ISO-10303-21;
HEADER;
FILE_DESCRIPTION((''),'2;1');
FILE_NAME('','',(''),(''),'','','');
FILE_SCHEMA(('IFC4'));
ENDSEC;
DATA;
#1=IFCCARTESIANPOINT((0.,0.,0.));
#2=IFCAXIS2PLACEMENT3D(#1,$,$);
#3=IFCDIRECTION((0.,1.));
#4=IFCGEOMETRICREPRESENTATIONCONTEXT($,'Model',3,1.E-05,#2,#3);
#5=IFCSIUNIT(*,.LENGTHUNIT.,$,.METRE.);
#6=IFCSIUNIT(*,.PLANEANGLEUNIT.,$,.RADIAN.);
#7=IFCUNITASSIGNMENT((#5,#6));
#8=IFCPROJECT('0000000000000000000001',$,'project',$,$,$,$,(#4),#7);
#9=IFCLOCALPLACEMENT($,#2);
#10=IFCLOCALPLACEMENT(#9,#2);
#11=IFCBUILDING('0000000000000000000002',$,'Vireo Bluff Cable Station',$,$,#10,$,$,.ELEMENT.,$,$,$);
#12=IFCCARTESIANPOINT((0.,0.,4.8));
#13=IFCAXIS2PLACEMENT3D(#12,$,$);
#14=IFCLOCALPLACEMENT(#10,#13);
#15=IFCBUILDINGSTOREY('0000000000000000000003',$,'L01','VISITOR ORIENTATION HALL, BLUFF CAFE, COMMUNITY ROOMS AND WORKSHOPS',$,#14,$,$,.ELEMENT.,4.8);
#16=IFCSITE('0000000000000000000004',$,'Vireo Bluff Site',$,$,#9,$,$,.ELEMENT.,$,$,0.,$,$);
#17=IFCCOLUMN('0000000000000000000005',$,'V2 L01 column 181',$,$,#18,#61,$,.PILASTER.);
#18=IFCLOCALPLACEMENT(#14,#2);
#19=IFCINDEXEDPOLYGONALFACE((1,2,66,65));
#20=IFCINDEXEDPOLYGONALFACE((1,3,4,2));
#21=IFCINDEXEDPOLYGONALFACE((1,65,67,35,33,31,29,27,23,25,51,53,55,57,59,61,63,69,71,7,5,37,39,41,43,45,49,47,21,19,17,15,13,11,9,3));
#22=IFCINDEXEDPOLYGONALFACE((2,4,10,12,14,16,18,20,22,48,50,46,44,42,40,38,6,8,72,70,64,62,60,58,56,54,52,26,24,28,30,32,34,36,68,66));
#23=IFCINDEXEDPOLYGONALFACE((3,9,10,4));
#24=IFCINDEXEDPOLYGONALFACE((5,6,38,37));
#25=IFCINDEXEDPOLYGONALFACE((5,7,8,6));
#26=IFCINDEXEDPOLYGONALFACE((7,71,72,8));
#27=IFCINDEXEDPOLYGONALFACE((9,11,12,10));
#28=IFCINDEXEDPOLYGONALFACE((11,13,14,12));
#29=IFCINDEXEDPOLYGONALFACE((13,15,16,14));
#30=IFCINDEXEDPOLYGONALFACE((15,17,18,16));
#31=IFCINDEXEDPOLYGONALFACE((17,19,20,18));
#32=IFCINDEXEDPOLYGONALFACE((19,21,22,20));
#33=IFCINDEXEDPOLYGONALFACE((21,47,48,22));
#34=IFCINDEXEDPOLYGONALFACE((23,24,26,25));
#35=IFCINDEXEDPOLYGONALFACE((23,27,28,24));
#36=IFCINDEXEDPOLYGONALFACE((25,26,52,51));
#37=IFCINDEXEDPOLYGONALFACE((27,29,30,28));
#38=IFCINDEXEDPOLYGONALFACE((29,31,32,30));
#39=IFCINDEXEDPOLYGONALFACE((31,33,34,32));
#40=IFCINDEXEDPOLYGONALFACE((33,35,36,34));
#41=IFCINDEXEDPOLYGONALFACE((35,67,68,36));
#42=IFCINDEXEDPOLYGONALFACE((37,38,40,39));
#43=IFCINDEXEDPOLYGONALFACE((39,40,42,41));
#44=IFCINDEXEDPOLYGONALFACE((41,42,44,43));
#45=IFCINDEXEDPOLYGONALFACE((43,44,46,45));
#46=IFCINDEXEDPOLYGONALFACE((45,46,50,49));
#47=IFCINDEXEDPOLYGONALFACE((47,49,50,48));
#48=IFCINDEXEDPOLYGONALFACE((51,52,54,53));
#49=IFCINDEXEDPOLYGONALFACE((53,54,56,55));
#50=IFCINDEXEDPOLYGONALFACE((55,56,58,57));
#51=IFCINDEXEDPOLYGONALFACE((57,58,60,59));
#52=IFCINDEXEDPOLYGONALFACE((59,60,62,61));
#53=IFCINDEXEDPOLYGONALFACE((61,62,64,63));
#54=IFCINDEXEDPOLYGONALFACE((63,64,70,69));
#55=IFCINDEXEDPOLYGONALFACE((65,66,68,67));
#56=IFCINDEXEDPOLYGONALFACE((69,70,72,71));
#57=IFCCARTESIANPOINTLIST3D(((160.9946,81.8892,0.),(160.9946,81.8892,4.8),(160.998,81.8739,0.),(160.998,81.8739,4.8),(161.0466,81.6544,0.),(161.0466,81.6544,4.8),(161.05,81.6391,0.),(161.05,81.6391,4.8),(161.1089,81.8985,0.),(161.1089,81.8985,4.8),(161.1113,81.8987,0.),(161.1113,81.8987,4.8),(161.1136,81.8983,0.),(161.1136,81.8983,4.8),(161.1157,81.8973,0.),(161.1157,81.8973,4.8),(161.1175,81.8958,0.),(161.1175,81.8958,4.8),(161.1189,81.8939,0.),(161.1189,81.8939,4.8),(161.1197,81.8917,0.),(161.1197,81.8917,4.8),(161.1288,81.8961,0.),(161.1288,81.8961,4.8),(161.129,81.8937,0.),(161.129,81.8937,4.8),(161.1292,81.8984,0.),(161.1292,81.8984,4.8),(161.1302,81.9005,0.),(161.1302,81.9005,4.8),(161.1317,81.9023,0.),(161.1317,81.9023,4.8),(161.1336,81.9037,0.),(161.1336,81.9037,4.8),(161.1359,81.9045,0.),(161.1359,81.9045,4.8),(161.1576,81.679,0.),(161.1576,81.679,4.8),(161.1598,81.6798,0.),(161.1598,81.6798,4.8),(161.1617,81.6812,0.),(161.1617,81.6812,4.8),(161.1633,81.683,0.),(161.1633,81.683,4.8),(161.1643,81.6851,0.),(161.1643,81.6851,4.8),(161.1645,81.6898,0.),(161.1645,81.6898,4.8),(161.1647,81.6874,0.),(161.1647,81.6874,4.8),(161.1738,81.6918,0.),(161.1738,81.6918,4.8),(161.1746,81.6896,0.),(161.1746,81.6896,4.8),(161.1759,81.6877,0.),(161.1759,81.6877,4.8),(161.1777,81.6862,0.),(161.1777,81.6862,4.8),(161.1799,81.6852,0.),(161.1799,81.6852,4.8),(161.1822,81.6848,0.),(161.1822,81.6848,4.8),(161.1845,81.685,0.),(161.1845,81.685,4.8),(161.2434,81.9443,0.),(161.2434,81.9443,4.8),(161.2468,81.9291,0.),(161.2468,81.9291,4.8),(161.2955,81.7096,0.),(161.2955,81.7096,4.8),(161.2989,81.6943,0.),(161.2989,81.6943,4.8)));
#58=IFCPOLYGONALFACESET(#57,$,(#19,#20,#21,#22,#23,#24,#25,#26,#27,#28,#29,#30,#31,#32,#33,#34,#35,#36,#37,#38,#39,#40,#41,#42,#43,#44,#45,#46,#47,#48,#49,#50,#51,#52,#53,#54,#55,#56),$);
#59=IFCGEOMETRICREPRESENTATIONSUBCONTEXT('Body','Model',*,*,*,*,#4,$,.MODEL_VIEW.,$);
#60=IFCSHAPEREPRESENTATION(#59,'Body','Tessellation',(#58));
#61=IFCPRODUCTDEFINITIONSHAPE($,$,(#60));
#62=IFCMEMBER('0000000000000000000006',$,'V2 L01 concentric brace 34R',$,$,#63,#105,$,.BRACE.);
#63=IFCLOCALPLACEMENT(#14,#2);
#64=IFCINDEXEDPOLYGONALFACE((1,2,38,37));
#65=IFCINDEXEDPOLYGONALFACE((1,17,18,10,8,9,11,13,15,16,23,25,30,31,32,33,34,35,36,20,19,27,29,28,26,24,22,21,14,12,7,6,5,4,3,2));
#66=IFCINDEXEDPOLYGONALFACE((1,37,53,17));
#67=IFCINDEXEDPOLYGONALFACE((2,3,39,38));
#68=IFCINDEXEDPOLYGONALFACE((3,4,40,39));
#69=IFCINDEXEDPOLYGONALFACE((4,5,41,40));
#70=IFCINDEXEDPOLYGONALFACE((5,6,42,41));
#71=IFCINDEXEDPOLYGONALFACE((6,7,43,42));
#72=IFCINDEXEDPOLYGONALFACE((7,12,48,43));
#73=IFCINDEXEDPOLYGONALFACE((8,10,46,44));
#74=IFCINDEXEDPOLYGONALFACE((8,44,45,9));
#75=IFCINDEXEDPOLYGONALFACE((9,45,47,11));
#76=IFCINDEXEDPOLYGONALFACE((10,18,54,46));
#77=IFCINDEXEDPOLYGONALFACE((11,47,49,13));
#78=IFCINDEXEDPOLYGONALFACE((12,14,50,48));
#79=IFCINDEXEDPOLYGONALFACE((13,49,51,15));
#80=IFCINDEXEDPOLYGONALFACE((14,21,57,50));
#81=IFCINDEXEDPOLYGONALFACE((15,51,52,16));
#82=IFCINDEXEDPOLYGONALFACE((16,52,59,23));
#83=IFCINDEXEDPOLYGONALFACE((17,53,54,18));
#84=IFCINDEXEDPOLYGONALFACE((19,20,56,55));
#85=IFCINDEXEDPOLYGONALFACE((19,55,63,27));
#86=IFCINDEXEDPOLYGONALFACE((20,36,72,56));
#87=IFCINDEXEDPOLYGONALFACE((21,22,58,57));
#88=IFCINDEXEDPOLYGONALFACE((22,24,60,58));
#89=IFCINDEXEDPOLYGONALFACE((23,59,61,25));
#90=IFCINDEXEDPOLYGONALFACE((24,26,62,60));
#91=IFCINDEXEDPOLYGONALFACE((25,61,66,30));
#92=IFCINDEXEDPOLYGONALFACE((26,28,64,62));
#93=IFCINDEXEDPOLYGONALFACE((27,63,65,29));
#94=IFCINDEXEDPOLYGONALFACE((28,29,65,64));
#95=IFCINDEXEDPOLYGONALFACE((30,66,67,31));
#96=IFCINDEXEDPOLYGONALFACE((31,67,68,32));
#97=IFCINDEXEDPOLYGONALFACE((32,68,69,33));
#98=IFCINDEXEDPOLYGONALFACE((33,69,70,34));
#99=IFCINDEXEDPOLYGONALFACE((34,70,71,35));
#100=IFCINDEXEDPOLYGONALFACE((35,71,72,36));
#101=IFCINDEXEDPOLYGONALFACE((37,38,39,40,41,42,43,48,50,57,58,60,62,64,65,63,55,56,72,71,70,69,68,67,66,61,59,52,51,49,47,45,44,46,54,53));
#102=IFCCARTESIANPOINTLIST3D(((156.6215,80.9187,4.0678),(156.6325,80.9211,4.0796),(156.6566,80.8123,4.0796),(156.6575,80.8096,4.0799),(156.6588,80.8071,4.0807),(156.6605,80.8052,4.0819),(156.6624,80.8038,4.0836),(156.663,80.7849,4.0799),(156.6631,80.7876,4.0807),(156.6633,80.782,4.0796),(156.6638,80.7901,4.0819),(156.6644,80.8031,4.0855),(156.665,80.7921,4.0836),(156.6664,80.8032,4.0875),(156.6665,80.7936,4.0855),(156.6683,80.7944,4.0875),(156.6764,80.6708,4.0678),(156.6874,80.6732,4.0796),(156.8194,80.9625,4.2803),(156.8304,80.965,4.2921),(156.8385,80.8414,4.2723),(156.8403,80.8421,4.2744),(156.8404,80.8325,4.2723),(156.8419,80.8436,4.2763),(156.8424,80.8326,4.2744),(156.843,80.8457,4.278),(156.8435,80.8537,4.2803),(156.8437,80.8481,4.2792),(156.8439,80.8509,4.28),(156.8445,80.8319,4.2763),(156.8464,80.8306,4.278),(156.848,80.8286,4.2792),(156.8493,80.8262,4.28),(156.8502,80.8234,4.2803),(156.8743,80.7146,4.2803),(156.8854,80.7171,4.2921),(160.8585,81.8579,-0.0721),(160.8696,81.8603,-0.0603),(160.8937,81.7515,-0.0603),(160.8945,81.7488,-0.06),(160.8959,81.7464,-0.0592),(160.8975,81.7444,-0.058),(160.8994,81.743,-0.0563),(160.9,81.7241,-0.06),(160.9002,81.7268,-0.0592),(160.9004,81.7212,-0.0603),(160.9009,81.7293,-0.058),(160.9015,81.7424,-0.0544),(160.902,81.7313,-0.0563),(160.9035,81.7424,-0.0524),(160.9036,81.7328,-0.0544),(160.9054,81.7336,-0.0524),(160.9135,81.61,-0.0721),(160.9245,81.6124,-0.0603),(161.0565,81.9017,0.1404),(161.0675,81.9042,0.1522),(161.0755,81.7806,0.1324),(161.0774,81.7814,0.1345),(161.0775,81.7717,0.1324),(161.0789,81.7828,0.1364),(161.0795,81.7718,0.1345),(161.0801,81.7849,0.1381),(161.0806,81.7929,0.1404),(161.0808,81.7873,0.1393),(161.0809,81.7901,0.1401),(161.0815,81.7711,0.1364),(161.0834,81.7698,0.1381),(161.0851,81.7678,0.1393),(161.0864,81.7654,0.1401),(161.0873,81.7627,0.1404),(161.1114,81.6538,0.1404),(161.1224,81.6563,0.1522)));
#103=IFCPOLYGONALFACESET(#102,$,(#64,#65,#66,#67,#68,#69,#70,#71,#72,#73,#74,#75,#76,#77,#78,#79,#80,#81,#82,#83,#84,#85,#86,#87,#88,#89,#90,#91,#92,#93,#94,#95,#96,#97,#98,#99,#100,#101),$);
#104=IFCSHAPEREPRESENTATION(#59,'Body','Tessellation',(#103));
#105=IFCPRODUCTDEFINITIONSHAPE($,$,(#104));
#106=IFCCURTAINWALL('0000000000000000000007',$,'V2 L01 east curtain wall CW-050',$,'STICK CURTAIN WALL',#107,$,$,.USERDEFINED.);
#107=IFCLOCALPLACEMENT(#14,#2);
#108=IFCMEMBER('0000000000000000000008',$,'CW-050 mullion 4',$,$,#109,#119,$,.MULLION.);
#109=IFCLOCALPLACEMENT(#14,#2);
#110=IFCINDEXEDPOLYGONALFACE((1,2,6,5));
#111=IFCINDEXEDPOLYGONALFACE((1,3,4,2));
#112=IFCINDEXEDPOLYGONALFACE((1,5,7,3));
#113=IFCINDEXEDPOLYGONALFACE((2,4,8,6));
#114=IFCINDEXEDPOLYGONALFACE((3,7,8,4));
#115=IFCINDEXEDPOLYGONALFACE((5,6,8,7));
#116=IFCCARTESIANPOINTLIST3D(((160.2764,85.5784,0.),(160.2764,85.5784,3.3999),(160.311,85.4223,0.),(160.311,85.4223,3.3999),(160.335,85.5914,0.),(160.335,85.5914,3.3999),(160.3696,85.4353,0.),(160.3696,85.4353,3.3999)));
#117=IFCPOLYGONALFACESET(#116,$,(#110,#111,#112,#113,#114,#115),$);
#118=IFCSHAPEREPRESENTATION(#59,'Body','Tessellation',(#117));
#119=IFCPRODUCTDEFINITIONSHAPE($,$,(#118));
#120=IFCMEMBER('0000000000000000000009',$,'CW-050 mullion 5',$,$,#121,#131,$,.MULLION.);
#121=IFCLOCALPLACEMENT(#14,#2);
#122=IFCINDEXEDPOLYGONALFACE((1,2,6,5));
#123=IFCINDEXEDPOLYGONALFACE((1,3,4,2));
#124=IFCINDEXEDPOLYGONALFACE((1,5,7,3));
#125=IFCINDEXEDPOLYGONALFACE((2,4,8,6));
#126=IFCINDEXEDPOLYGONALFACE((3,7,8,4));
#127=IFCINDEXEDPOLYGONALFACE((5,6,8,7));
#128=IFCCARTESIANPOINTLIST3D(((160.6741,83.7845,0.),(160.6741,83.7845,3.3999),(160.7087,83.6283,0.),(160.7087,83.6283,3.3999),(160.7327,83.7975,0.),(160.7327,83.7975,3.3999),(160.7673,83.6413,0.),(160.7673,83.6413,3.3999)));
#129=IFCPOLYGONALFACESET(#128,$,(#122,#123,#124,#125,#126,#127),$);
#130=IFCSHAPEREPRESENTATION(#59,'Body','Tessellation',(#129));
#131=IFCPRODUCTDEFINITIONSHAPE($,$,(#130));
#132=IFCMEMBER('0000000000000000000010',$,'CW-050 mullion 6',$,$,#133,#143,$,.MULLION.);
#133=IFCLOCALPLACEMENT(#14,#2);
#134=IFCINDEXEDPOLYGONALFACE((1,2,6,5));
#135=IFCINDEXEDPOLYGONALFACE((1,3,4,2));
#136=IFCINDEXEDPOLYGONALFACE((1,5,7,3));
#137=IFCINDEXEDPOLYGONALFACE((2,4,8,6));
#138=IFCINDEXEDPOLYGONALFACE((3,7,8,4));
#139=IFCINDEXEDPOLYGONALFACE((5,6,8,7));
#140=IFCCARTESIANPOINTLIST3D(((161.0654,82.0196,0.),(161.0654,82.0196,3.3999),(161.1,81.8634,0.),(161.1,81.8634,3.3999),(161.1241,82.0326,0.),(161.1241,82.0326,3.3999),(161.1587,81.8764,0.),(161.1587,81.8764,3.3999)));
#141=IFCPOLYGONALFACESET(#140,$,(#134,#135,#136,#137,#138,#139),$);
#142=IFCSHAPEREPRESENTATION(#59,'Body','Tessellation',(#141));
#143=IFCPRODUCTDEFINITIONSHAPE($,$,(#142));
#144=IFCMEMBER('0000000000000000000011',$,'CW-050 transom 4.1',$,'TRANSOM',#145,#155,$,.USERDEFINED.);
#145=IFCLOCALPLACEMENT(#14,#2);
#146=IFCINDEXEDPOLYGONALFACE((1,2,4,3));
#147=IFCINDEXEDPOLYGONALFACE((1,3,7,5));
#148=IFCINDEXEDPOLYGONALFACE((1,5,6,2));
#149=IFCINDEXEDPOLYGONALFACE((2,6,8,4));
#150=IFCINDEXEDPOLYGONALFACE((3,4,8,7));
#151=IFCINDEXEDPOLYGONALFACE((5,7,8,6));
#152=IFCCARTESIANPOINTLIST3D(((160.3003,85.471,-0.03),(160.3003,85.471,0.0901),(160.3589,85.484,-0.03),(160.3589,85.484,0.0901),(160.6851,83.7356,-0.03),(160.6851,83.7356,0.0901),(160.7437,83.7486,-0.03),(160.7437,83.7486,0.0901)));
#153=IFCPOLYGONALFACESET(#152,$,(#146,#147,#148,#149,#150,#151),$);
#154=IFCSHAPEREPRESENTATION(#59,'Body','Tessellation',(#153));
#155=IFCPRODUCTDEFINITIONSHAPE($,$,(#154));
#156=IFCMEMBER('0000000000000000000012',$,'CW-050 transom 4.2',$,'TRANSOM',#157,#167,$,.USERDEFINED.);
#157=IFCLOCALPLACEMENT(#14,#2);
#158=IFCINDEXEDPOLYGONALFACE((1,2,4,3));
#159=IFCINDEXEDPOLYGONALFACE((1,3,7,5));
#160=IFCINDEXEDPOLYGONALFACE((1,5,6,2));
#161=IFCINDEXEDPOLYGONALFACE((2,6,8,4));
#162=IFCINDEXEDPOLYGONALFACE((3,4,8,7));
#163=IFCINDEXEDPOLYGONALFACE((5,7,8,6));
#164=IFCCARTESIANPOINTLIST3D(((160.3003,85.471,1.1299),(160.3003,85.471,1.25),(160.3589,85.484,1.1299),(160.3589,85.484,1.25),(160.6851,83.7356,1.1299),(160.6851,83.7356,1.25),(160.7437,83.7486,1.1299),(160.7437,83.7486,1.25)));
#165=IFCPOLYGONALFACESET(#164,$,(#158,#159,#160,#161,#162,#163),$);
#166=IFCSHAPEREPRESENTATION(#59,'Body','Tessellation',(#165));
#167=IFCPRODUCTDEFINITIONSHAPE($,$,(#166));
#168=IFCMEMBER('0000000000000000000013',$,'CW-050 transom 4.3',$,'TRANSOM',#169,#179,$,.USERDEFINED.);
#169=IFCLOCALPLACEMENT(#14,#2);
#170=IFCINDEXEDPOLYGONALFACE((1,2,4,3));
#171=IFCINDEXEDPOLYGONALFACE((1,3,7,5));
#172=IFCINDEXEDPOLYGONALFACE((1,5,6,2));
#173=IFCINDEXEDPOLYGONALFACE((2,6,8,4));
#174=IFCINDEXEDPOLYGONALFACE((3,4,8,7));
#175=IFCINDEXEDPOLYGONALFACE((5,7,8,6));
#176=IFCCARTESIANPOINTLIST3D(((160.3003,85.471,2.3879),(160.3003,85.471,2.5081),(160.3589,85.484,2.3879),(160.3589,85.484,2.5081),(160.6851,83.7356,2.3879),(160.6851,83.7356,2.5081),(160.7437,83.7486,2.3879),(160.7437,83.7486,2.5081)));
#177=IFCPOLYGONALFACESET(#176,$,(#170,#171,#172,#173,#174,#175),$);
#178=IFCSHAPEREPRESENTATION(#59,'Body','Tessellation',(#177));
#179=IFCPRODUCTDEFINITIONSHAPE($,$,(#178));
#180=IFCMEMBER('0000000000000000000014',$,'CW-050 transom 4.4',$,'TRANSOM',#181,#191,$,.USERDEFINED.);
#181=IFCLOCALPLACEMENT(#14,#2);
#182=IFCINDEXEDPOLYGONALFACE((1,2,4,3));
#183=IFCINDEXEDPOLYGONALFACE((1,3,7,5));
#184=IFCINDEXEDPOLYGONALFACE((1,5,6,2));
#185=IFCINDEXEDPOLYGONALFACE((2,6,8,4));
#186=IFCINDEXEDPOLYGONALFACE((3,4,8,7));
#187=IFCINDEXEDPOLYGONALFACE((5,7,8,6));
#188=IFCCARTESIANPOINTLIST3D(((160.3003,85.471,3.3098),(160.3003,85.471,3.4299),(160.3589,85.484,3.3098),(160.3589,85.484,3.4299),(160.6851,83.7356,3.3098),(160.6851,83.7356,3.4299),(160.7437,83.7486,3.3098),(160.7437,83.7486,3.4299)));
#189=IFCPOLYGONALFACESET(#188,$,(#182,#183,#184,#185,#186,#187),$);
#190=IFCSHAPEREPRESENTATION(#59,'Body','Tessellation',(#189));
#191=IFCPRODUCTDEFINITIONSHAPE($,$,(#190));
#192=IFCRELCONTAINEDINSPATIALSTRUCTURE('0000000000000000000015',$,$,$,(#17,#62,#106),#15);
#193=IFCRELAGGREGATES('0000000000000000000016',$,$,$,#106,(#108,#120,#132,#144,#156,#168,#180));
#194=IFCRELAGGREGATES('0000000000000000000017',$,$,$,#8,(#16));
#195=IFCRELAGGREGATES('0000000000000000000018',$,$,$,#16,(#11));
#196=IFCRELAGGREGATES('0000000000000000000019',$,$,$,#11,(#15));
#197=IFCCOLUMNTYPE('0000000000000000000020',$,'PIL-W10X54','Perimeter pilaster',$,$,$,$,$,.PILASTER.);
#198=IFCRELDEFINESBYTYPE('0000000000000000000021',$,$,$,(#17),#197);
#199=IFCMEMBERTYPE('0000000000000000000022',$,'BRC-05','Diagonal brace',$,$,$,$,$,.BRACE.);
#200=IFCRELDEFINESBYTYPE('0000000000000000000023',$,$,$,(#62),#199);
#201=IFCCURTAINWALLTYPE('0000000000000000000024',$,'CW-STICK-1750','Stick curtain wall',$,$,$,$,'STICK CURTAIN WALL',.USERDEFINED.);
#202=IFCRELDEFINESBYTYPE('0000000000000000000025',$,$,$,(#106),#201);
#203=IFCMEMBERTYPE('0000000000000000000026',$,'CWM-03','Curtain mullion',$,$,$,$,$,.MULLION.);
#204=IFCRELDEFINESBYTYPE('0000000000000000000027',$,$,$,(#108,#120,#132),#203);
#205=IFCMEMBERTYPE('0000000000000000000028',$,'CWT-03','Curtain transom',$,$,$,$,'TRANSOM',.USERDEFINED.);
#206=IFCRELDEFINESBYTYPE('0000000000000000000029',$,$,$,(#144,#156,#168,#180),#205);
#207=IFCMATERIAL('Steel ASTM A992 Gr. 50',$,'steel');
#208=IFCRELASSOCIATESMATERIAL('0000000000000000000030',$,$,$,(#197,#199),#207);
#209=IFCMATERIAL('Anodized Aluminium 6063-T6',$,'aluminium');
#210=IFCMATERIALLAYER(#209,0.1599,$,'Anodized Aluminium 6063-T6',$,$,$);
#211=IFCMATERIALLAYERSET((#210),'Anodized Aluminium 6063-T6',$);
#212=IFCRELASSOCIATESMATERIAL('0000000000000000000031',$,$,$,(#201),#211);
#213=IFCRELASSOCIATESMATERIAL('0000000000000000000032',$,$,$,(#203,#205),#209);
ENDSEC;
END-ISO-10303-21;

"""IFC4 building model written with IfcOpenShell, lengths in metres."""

from ifc_helpers import new_model, si_unit, direction, frame, origin, origin_2d, place, context, subcontext, project, spatial, rectangle, i_section, extrude, material, layer, layer_set, material_profile, profile_set, type_object, element, aggregate, save


model = new_model("IFC4")

# Units and contexts
model_context = context("Model", 3, precision=1e-05, world=origin(), true_north=direction((0.0, 1.0)))
body_context = subcontext(model_context, "Body", "Model", "MODEL_VIEW")
ifc_project = project(units=[si_unit("LENGTHUNIT", "METRE"), si_unit("PLANEANGLEUNIT", "RADIAN")], contexts=[model_context])

# Site, building, storey
site_placement = place(None, origin())
site = spatial("IfcSite", under=ifc_project, at=site_placement, Name="Vireo Bluff Site", CompositionType="ELEMENT", RefElevation=0.0)
building_placement = place(site_placement, origin())
building = spatial("IfcBuilding", under=site, at=building_placement, Name="Vireo Bluff Cable Station", CompositionType="ELEMENT")
storey_placement = place(building_placement, frame((0.0, 0.0, 4.8)))
storey = spatial("IfcBuildingStorey", under=building, at=storey_placement, Name="L01", Description="VISITOR ORIENTATION HALL, BLUFF CAFE, COMMUNITY ROOMS AND WORKSHOPS", CompositionType="ELEMENT", Elevation=4.8)

# Column
ifc_material_1 = material(Name="Steel ASTM A992 Gr. 50", Category="steel")
ifc_material_profile_1 = material_profile(ifc_material_1, i_section(OverallWidth=0.2549, OverallDepth=0.2561, WebThickness=0.0095, FlangeThickness=0.0156, FilletRadius=0.009, at=origin_2d()), Name="W10X54")
ifc_profile_set_1 = profile_set([ifc_material_profile_1], Name="Steel ASTM A992 Gr. 50")
column_type = type_object("IfcColumnType", Name="PIL-W10X54", Description="Perimeter pilaster", PredefinedType="PILASTER", material=ifc_profile_set_1)
column_placement = place(storey_placement, frame((161.1467, 81.7917, 0.0), z_axis=(0.0, 0.0, 1.0), x_axis=(0.976296, 0.21644, 0.0)))
element("IfcColumn", 1, at=column_placement, inside=storey, type_object=column_type, Name="V2 L01 column 181", PredefinedType="PILASTER", context=body_context, shape_type="SweptSolid", body=[
    extrude(i_section(OverallWidth=0.2549, OverallDepth=0.2561, WebThickness=0.0095, FlangeThickness=0.0156, FilletRadius=0.009, at=origin_2d()), origin(), (0.0, 0.0, 1.0), 4.8),
])

# Member
ifc_material_profile_2 = material_profile(ifc_material_1, i_section(OverallWidth=0.2539, OverallDepth=0.3101, WebThickness=0.009, FlangeThickness=0.0164, FilletRadius=0.011, at=origin_2d()), Name="W12X58")
ifc_profile_set_2 = profile_set([ifc_material_profile_2], Name="Steel ASTM A992 Gr. 50")
member_type_1 = type_object("IfcMemberType", Name="BRC-05", Description="Diagonal brace", PredefinedType="BRACE", material=ifc_profile_set_2)
member_1_placement = place(storey_placement, frame((160.9905, 81.7571, 0.04), z_axis=(-0.706437, -0.156592, 0.690236), x_axis=(0.216412, -0.976302, 0.0)))
element("IfcMember", 2, at=member_1_placement, inside=storey, type_object=member_type_1, Name="V2 L01 concentric brace 34R", PredefinedType="BRACE", context=body_context, shape_type="SweptSolid", body=[
    extrude(i_section(OverallWidth=0.2539, OverallDepth=0.3101, WebThickness=0.009, FlangeThickness=0.0164, FilletRadius=0.011, at=origin_2d()), origin(), (0.0, 0.0, 1.0), 5.9978),
])

# Curtain wall, members
ifc_material_2 = material(Name="Anodized Aluminium 6063-T6", Category="aluminium")
ifc_layer_1 = layer(ifc_material_2, 0.1599, Name="Anodized Aluminium 6063-T6")
ifc_layer_set_1 = layer_set([ifc_layer_1], Name="Anodized Aluminium 6063-T6")
curtain_wall_type = type_object("IfcCurtainWallType", Name="CW-STICK-1750", Description="Stick curtain wall", ElementType="STICK CURTAIN WALL", PredefinedType="USERDEFINED", material=ifc_layer_set_1)
curtain_wall_placement = place(storey_placement, origin())
curtain_wall = element("IfcCurtainWall", 3, at=curtain_wall_placement, inside=storey, type_object=curtain_wall_type, Name="V2 L01 east curtain wall CW-050", ObjectType="STICK CURTAIN WALL", PredefinedType="USERDEFINED")
ifc_material_profile_3 = material_profile(ifc_material_2, rectangle(XDim=0.0601, YDim=0.1599, at=origin_2d()), Name="ALU-M-60X160")
ifc_profile_set_3 = profile_set([ifc_material_profile_3], Name="Anodized Aluminium 6063-T6")
member_type_2 = type_object("IfcMemberType", Name="CWM-03", Description="Curtain mullion", PredefinedType="MULLION", material=ifc_profile_set_3)
member_2_placement = place(storey_placement, frame((160.323, 85.5068, 0.0), z_axis=(0.0, 0.0, 1.0), x_axis=(0.976296, 0.21644, 0.0)))
member_2 = element("IfcMember", 4, at=member_2_placement, type_object=member_type_2, Name="CW-050 mullion 4", PredefinedType="MULLION", context=body_context, shape_type="SweptSolid", body=[
    extrude(rectangle(XDim=0.0601, YDim=0.1599, at=origin_2d()), origin(), (0.0, 0.0, 1.0), 3.3999),
])
member_3_placement = place(storey_placement, frame((160.7207, 83.7129, 0.0), z_axis=(0.0, 0.0, 1.0), x_axis=(0.976296, 0.21644, 0.0)))
member_3 = element("IfcMember", 5, at=member_3_placement, type_object=member_type_2, Name="CW-050 mullion 5", PredefinedType="MULLION", context=body_context, shape_type="SweptSolid", body=[
    extrude(rectangle(XDim=0.0601, YDim=0.1599, at=origin_2d()), origin(), (0.0, 0.0, 1.0), 3.3999),
])
member_4_placement = place(storey_placement, frame((161.1121, 81.948, 0.0), z_axis=(0.0, 0.0, 1.0), x_axis=(0.976296, 0.21644, 0.0)))
member_4 = element("IfcMember", 6, at=member_4_placement, type_object=member_type_2, Name="CW-050 mullion 6", PredefinedType="MULLION", context=body_context, shape_type="SweptSolid", body=[
    extrude(rectangle(XDim=0.0601, YDim=0.1599, at=origin_2d()), origin(), (0.0, 0.0, 1.0), 3.3999),
])
ifc_material_profile_4 = material_profile(ifc_material_2, rectangle(XDim=0.0601, YDim=0.1201, at=origin_2d()), Name="ALU-T-60X120")
ifc_profile_set_4 = profile_set([ifc_material_profile_4], Name="Anodized Aluminium 6063-T6")
member_type_3 = type_object("IfcMemberType", Name="CWT-03", Description="Curtain transom", ElementType="TRANSOM", PredefinedType="USERDEFINED", material=ifc_profile_set_4)
member_5_placement = place(storey_placement, frame((160.3296, 85.4775, 0.03), z_axis=(0.216465, -0.97629, 0.0), x_axis=(0.97629, 0.216465, 0.0)))
member_5 = element("IfcMember", 7, at=member_5_placement, type_object=member_type_3, Name="CW-050 transom 4.1", ObjectType="TRANSOM", PredefinedType="USERDEFINED", context=body_context, shape_type="SweptSolid", body=[
    extrude(rectangle(XDim=0.0601, YDim=0.1201, at=origin_2d()), origin(), (0.0, 0.0, 1.0), 1.7776),
])
member_6_placement = place(storey_placement, frame((160.3296, 85.4775, 1.1899), z_axis=(0.216465, -0.97629, 0.0), x_axis=(0.97629, 0.216465, 0.0)))
member_6 = element("IfcMember", 8, at=member_6_placement, type_object=member_type_3, Name="CW-050 transom 4.2", ObjectType="TRANSOM", PredefinedType="USERDEFINED", context=body_context, shape_type="SweptSolid", body=[
    extrude(rectangle(XDim=0.0601, YDim=0.1201, at=origin_2d()), origin(), (0.0, 0.0, 1.0), 1.7776),
])
member_7_placement = place(storey_placement, frame((160.3296, 85.4775, 2.448), z_axis=(0.216465, -0.97629, 0.0), x_axis=(0.97629, 0.216465, 0.0)))
member_7 = element("IfcMember", 9, at=member_7_placement, type_object=member_type_3, Name="CW-050 transom 4.3", ObjectType="TRANSOM", PredefinedType="USERDEFINED", context=body_context, shape_type="SweptSolid", body=[
    extrude(rectangle(XDim=0.0601, YDim=0.1201, at=origin_2d()), origin(), (0.0, 0.0, 1.0), 1.7776),
])
member_8_placement = place(storey_placement, frame((160.3296, 85.4775, 3.3699), z_axis=(0.216465, -0.97629, 0.0), x_axis=(0.97629, 0.216465, 0.0)))
member_8 = element("IfcMember", 10, at=member_8_placement, type_object=member_type_3, Name="CW-050 transom 4.4", ObjectType="TRANSOM", PredefinedType="USERDEFINED", context=body_context, shape_type="SweptSolid", body=[
    extrude(rectangle(XDim=0.0601, YDim=0.1201, at=origin_2d()), origin(), (0.0, 0.0, 1.0), 1.7776),
])

aggregate(curtain_wall, [member_2, member_3, member_4, member_5, member_6, member_7, member_8])

save(model, "model.ifc")
